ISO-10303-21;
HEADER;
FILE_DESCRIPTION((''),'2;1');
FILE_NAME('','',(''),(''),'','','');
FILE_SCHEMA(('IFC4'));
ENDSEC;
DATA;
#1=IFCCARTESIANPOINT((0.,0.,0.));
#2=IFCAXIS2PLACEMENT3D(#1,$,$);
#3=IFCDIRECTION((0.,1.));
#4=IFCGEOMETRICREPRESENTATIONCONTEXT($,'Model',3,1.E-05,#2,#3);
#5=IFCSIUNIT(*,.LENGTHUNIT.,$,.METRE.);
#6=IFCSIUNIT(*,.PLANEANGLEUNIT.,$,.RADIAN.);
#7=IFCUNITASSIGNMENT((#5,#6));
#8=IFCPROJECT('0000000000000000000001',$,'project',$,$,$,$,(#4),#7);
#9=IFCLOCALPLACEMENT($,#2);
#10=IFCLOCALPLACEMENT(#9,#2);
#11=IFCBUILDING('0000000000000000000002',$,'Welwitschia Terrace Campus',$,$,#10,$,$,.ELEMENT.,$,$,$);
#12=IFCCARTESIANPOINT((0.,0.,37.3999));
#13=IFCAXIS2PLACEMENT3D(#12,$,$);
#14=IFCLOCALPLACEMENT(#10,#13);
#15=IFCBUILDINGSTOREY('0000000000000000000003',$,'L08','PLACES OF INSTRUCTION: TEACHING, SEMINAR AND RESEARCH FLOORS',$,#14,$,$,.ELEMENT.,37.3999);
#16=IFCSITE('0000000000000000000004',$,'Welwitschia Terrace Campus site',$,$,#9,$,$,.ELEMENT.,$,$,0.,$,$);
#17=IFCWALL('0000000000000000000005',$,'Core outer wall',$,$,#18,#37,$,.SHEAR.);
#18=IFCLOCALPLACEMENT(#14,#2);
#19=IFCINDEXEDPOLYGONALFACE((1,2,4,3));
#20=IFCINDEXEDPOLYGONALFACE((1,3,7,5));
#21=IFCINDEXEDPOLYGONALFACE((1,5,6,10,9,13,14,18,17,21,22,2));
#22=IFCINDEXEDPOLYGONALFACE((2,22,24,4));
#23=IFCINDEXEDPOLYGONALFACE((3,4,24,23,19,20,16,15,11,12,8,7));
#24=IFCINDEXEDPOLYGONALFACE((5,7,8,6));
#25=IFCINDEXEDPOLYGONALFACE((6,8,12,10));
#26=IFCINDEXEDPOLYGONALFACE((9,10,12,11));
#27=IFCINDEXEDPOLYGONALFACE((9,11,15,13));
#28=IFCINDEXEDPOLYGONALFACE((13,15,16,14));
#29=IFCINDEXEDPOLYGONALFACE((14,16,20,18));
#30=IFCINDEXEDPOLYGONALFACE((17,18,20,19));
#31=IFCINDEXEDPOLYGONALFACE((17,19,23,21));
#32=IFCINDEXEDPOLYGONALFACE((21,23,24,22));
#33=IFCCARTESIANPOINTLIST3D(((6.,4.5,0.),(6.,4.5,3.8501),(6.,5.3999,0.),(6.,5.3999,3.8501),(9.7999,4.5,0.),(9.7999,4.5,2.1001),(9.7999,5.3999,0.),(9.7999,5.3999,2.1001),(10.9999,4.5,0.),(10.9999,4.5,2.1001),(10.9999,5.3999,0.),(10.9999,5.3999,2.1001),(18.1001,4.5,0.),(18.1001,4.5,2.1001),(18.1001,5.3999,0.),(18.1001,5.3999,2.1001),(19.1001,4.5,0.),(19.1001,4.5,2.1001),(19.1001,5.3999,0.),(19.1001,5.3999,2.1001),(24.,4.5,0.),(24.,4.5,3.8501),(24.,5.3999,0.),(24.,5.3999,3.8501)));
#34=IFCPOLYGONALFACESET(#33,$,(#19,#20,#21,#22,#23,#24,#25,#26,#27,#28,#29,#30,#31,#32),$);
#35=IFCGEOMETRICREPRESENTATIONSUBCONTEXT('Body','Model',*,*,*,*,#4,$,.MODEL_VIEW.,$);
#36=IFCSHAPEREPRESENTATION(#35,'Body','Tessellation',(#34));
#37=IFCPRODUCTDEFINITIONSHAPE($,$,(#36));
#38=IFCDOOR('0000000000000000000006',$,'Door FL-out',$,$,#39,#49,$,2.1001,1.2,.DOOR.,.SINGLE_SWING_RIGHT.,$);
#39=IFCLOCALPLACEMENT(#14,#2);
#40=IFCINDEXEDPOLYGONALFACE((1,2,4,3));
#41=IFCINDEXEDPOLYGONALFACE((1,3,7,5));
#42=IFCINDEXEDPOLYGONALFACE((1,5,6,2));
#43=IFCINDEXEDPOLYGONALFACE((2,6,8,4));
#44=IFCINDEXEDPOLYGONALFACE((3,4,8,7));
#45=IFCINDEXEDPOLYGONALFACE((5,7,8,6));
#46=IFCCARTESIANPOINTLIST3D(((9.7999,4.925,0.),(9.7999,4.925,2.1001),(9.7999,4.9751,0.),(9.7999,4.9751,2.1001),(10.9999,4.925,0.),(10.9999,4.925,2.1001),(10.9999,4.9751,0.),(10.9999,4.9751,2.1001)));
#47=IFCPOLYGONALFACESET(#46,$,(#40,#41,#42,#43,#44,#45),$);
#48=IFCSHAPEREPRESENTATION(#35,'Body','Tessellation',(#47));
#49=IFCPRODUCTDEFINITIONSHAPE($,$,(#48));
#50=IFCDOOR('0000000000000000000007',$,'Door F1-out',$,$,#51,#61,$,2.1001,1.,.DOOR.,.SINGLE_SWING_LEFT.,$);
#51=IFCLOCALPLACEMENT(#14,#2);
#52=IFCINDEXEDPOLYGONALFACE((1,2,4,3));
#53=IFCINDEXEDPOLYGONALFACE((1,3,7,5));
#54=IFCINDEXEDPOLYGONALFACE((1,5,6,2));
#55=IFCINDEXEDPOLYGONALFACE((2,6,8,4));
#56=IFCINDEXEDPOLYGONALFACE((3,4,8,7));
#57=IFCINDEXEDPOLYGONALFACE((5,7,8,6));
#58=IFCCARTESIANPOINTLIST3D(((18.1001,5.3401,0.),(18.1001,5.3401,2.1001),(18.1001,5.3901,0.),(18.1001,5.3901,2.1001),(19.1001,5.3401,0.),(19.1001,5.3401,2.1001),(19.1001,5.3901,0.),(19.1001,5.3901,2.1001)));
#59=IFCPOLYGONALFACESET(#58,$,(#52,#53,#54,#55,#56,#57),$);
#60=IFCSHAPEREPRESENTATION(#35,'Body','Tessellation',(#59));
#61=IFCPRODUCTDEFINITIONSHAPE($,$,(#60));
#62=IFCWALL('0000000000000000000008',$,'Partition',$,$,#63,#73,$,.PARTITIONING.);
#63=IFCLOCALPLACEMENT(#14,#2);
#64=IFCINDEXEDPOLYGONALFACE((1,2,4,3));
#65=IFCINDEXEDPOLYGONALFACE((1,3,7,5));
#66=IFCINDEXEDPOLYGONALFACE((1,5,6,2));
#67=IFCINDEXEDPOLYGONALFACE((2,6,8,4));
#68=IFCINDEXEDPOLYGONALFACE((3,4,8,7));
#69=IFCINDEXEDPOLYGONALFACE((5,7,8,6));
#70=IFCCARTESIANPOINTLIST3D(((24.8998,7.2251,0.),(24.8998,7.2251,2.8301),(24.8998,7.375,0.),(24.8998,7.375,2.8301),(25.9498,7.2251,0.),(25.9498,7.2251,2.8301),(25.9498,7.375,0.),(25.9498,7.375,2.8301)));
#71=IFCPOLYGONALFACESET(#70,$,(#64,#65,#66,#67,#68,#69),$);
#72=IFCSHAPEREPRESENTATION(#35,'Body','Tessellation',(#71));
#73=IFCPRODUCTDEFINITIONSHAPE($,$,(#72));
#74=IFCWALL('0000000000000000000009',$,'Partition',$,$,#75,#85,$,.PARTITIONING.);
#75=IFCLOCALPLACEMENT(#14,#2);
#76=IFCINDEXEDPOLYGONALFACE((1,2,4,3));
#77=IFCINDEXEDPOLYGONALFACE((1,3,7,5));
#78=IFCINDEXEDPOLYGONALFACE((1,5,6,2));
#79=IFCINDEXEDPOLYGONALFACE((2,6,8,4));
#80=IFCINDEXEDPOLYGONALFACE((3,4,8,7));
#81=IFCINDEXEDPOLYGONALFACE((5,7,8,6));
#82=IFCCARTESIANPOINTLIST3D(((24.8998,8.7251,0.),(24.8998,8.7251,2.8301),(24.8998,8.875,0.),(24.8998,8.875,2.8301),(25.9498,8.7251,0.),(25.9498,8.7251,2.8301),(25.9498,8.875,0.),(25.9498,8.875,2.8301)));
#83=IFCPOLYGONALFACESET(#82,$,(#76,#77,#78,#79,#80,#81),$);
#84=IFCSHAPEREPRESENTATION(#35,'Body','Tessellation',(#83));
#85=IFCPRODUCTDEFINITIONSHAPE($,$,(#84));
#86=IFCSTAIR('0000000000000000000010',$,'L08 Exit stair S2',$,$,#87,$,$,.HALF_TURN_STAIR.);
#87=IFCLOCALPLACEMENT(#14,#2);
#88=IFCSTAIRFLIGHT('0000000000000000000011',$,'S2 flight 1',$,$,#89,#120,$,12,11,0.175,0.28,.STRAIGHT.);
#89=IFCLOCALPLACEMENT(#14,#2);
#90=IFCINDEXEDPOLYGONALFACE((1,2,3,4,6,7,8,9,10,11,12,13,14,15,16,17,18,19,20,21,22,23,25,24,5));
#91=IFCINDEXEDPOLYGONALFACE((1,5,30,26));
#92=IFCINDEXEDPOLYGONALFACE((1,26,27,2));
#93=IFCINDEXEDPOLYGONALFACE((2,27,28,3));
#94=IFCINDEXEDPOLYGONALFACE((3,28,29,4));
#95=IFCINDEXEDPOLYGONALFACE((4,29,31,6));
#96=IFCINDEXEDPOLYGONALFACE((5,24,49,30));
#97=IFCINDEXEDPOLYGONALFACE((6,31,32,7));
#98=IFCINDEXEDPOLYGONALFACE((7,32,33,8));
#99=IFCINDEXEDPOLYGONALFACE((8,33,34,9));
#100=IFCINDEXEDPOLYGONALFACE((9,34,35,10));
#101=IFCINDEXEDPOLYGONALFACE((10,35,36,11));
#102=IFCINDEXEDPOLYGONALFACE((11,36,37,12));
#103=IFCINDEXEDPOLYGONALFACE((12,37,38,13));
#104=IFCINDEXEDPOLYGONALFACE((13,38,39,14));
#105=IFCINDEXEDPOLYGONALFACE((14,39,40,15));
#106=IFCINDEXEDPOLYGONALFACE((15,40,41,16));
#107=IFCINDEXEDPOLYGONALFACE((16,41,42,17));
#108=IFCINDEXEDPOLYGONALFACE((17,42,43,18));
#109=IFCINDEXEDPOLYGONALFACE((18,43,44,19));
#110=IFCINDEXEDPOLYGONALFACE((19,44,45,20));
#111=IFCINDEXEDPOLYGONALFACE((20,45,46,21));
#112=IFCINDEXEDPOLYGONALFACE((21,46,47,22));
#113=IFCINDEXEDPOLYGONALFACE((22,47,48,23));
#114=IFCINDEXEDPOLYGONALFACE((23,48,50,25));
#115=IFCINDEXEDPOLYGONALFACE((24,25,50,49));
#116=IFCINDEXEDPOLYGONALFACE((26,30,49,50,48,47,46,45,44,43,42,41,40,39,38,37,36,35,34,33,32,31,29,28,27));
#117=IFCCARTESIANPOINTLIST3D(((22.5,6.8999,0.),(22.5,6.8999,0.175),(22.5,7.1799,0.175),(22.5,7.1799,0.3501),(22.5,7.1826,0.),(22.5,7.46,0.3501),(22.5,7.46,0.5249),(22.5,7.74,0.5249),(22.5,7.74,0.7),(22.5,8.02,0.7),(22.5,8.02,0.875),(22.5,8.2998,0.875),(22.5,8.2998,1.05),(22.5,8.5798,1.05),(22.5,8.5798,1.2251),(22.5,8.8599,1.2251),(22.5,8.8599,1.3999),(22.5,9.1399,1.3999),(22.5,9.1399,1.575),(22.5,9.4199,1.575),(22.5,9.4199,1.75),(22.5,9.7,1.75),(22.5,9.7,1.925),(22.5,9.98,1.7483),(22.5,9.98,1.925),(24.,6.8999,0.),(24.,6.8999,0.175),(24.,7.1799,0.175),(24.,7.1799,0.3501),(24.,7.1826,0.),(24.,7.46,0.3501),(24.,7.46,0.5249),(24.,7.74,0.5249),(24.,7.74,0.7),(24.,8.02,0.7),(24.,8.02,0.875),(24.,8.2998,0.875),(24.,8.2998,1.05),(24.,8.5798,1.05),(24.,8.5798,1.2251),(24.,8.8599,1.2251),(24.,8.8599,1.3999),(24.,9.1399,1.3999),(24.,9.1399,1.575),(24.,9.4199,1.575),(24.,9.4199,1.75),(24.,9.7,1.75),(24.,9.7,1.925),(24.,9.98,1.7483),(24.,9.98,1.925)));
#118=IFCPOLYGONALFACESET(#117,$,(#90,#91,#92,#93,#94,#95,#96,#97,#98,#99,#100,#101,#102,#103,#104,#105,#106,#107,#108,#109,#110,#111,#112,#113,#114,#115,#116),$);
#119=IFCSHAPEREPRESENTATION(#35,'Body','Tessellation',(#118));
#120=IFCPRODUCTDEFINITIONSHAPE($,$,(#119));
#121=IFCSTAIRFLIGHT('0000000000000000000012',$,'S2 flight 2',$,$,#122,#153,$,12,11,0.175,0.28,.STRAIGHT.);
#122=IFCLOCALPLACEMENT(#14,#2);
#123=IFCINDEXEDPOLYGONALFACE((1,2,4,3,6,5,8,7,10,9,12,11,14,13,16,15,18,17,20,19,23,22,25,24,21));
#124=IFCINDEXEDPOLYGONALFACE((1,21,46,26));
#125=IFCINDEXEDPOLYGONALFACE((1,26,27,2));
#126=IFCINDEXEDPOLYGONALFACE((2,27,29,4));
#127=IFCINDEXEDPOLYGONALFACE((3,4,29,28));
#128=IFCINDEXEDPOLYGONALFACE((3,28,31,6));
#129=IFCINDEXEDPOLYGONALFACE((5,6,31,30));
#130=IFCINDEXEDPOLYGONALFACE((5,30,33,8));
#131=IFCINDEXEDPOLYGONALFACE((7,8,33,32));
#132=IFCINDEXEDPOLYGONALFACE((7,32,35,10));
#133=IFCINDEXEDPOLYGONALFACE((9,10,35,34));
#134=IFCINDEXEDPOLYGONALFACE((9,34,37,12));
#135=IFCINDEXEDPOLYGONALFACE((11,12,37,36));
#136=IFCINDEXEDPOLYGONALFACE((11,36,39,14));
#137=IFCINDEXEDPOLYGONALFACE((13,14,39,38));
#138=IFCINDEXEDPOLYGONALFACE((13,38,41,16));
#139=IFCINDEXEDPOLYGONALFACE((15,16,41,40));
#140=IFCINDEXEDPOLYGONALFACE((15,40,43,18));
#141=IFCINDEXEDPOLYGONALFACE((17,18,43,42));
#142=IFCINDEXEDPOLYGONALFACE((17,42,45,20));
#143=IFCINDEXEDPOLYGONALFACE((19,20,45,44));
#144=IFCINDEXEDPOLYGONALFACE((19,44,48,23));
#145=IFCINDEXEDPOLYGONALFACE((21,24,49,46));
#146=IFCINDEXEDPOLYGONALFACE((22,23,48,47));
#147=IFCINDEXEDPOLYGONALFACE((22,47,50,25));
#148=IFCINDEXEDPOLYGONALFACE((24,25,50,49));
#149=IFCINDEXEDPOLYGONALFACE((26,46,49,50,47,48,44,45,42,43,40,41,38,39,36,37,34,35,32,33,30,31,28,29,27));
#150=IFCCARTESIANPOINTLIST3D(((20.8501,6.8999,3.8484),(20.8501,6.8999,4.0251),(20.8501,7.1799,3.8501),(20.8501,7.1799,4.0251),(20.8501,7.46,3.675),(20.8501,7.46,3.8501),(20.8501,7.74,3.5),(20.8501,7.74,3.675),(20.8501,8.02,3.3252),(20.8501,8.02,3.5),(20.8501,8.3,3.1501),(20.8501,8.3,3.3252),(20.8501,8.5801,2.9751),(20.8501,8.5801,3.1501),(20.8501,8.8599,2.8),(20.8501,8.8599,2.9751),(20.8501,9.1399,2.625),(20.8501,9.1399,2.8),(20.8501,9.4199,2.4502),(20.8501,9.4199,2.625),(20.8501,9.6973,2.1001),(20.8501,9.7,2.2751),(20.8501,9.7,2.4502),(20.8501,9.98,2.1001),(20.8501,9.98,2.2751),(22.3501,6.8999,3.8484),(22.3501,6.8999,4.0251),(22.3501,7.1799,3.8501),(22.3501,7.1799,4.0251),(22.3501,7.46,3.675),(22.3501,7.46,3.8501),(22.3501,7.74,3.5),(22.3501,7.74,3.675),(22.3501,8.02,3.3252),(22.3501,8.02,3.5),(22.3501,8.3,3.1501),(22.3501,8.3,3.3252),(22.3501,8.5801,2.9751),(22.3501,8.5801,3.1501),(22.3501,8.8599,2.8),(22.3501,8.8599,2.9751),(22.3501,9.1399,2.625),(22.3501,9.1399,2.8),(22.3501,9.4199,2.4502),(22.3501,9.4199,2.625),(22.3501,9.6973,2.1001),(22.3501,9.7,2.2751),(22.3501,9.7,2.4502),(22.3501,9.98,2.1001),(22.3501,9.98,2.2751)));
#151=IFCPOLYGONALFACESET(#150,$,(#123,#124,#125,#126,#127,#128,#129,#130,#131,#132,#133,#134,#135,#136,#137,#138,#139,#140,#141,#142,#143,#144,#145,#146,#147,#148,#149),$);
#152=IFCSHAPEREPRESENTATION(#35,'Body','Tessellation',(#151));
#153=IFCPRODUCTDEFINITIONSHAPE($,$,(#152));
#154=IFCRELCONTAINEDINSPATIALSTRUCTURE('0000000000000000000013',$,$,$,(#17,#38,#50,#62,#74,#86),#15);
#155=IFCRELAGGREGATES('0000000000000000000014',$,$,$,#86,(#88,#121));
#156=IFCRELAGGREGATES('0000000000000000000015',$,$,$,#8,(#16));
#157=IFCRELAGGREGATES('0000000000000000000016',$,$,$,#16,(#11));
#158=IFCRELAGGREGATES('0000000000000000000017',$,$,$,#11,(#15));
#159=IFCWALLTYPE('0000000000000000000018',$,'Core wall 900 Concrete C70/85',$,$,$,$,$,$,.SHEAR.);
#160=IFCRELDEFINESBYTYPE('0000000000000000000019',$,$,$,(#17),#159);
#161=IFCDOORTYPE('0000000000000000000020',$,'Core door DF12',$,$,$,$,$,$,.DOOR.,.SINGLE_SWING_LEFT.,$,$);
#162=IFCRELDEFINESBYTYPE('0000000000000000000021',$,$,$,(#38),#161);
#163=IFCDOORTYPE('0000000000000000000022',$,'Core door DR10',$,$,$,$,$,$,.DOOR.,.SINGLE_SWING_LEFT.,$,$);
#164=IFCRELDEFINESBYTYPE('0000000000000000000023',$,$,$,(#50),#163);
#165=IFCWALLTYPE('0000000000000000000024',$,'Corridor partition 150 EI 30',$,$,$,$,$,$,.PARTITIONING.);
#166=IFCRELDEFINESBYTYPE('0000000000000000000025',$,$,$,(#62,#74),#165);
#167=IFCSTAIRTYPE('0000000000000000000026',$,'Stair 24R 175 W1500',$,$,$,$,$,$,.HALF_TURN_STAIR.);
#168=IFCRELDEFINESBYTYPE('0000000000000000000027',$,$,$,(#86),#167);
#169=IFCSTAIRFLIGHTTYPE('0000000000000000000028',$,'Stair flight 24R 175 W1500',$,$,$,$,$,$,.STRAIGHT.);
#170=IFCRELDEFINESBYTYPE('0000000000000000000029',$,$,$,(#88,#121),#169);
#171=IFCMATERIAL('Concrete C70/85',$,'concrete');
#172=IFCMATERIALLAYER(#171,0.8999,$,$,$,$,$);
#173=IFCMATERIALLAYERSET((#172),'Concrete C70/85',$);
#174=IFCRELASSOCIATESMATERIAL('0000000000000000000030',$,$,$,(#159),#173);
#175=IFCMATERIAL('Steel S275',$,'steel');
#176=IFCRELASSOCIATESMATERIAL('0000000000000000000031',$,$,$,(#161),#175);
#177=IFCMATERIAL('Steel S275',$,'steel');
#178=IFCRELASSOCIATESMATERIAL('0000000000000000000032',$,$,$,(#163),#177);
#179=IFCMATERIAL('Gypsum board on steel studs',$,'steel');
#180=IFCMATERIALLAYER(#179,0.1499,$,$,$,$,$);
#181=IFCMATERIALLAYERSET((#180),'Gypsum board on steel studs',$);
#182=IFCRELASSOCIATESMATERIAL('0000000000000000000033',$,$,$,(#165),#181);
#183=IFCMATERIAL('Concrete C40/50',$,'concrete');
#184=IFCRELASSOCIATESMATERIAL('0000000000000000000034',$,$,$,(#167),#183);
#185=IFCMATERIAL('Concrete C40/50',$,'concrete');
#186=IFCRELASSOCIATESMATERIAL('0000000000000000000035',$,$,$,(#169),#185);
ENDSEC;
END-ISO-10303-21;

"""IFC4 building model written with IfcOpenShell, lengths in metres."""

from ifc_helpers import new_model, si_unit, direction, frame, frame_2d, origin, place, context, subcontext, project, spatial, polyline, rectangle, outline, extrude, material, layer, layer_set, type_object, element, fill, aggregate, save


model = new_model("IFC4")

# Units and contexts
model_context = context("Model", 3, precision=1e-05, world=origin(), true_north=direction((0.0, 1.0)))
body_context = subcontext(model_context, "Body", "Model", "MODEL_VIEW")
ifc_project = project(units=[si_unit("LENGTHUNIT", "METRE"), si_unit("PLANEANGLEUNIT", "RADIAN")], contexts=[model_context])

# Site, building, storey
site_placement = place(None, origin())
site = spatial("IfcSite", under=ifc_project, at=site_placement, Name="Welwitschia Terrace Campus site", CompositionType="ELEMENT", RefElevation=0.0)
building_placement = place(site_placement, origin())
building = spatial("IfcBuilding", under=site, at=building_placement, Name="Welwitschia Terrace Campus", CompositionType="ELEMENT")
storey_placement = place(building_placement, frame((0.0, 0.0, 37.3999)))
storey = spatial("IfcBuildingStorey", under=building, at=storey_placement, Name="L08", Description="PLACES OF INSTRUCTION: TEACHING, SEMINAR AND RESEARCH FLOORS", CompositionType="ELEMENT", Elevation=37.3999)

# Wall, openings, doors
ifc_material_1 = material(Name="Concrete C70/85", Category="concrete")
ifc_layer_1 = layer(ifc_material_1, 0.8999)
ifc_layer_set_1 = layer_set([ifc_layer_1], Name="Concrete C70/85")
wall_type_1 = type_object("IfcWallType", Name="Core wall 900 Concrete C70/85", PredefinedType="SHEAR", material=ifc_layer_set_1)
wall_1_placement = place(storey_placement, frame((24.0, 4.95, 0.0), z_axis=(0.0, 0.0, 1.0), x_axis=(-1.0, 0.0, 0.0)))
wall_1 = element("IfcWall", 1, at=wall_1_placement, inside=storey, type_object=wall_type_1, Name="Core outer wall", PredefinedType="SHEAR", context=body_context, shape_type="SweptSolid", body=[
    extrude(rectangle(XDim=18.0, YDim=0.8999, at=frame_2d((9.0, 0.0))), origin(), (0.0, 0.0, 1.0), 3.8501),
])
opening_1_placement = place(wall_1_placement, frame((13.0, 0.0, 0.0)))
opening_1 = element("IfcOpeningElement", 2, at=opening_1_placement, cuts=wall_1, PredefinedType="OPENING", context=body_context, shape_type="SweptSolid", body=[
    extrude(rectangle(XDim=1.2, YDim=2.1001, at=frame_2d((0.6001, 1.05))), frame((0.0, 0.46, 0.0), z_axis=(0.0, -1.0, 0.0), x_axis=(1.0, 0.0, 0.0)), (0.0, 0.0, 1.0), 0.9199),
])
opening_2_placement = place(wall_1_placement, frame((4.8999, 0.0, 0.0)))
opening_2 = element("IfcOpeningElement", 3, at=opening_2_placement, cuts=wall_1, PredefinedType="OPENING", context=body_context, shape_type="SweptSolid", body=[
    extrude(rectangle(XDim=1.0, YDim=2.1001, at=frame_2d((0.5, 1.05))), frame((0.0, 0.46, 0.0), z_axis=(0.0, -1.0, 0.0), x_axis=(1.0, 0.0, 0.0)), (0.0, 0.0, 1.0), 0.9199),
])
ifc_material_2 = material(Name="Steel S275", Category="steel")
door_type_1 = type_object("IfcDoorType", Name="Core door DF12", OperationType="SINGLE_SWING_LEFT", PredefinedType="DOOR", material=ifc_material_2)
door_1_placement = place(opening_1_placement, origin())
door_1 = element("IfcDoor", 4, at=door_1_placement, inside=storey, type_object=door_type_1, Name="Door FL-out", OperationType="SINGLE_SWING_RIGHT", OverallHeight=2.1001, OverallWidth=1.2, PredefinedType="DOOR", context=body_context, shape_type="SweptSolid", body=[
    extrude(rectangle(XDim=1.2, YDim=2.1001, at=frame_2d((0.6001, 1.05))), frame((0.0, 0.0249, 0.0), z_axis=(0.0, -1.0, 0.0), x_axis=(1.0, 0.0, 0.0)), (0.0, 0.0, 1.0), 0.05),
])
fill(opening_1, door_1)
ifc_material_3 = material(Name="Steel S275", Category="steel")
door_type_2 = type_object("IfcDoorType", Name="Core door DR10", OperationType="SINGLE_SWING_LEFT", PredefinedType="DOOR", material=ifc_material_3)
door_2_placement = place(opening_2_placement, origin())
door_2 = element("IfcDoor", 5, at=door_2_placement, inside=storey, type_object=door_type_2, Name="Door F1-out", OperationType="SINGLE_SWING_LEFT", OverallHeight=2.1001, OverallWidth=1.0, PredefinedType="DOOR", context=body_context, shape_type="SweptSolid", body=[
    extrude(rectangle(XDim=1.0, YDim=2.1001, at=frame_2d((0.5, 1.05))), frame((0.0, -0.3901, 0.0), z_axis=(0.0, -1.0, 0.0), x_axis=(1.0, 0.0, 0.0)), (0.0, 0.0, 1.0), 0.05),
])
fill(opening_2, door_2)

# Walls
ifc_material_4 = material(Name="Gypsum board on steel studs", Category="steel")
ifc_layer_2 = layer(ifc_material_4, 0.1499)
ifc_layer_set_2 = layer_set([ifc_layer_2], Name="Gypsum board on steel studs")
wall_type_2 = type_object("IfcWallType", Name="Corridor partition 150 EI 30", PredefinedType="PARTITIONING", material=ifc_layer_set_2)
for number, where, z_axis, x_axis, name in (
    (6, (24.8999, 7.3, 0.0), (0.0, 0.0, 1.0), (1.0, 0.0, 0.0), "Partition"),
    (7, (24.8999, 8.8, 0.0), (0.0, 0.0, 1.0), (1.0, 0.0, 0.0), "Partition"),
):
    element("IfcWall", number, at=place(storey_placement, frame(where, z_axis=z_axis, x_axis=x_axis)), inside=storey, type_object=wall_type_2, Name=name, PredefinedType="PARTITIONING", context=body_context, shape_type="SweptSolid", body=[
        extrude(rectangle(XDim=1.05, YDim=0.1499, at=frame_2d((0.5249, 0.0))), origin(), (0.0, 0.0, 1.0), 2.8301),
    ])

# Stair, stair flights
ifc_material_5 = material(Name="Concrete C40/50", Category="concrete")
stair_type = type_object("IfcStairType", Name="Stair 24R 175 W1500", PredefinedType="HALF_TURN_STAIR", material=ifc_material_5)
stair_placement = place(storey_placement, origin())
stair = element("IfcStair", 8, at=stair_placement, inside=storey, type_object=stair_type, Name="L08 Exit stair S2", PredefinedType="HALF_TURN_STAIR")
ifc_material_6 = material(Name="Concrete C40/50", Category="concrete")
stair_flight_type = type_object("IfcStairFlightType", Name="Stair flight 24R 175 W1500", PredefinedType="STRAIGHT", material=ifc_material_6)
stair_flight_1_placement = place(storey_placement, frame((23.25, 6.8999, 0.0), z_axis=(0.0, 0.0, 1.0), x_axis=(0.0, 1.0, 0.0)))
stair_flight_1 = element("IfcStairFlight", 9, at=stair_flight_1_placement, type_object=stair_flight_type, Name="S2 flight 1", NumberOfRisers=12, NumberOfTreads=11, PredefinedType="STRAIGHT", RiserHeight=0.175, TreadLength=0.28, context=body_context, shape_type="SweptSolid", body=[
    extrude(outline(polyline([(0.0, 0.0), (0.0, 0.175), (0.28, 0.175), (0.28, 0.3501), (0.5601, 0.3501), (0.5601, 0.5249), (0.8401, 0.5249), (0.8401, 0.7), (1.1201, 0.7), (1.1201, 0.875), (1.3999, 0.875), (1.3999, 1.05), (1.6799, 1.05), (1.6799, 1.2251), (1.96, 1.2251), (1.96, 1.3999), (2.24, 1.3999), (2.24, 1.575), (2.52, 1.575), (2.52, 1.75), (2.8, 1.75), (2.8, 1.925), (3.0801, 1.925), (3.0801, 2.1001), (3.0801, 1.7483), (0.2827, 0.0), (0.0, 0.0)])), frame((0.0, 0.75, 0.0), z_axis=(0.0, -1.0, 0.0), x_axis=(1.0, 0.0, 0.0)), (0.0, 0.0, 1.0), 1.5),
])
stair_flight_2_placement = place(storey_placement, frame((21.6001, 9.98, 2.1001), z_axis=(0.0, 0.0, 1.0), x_axis=(0.0, -1.0, 0.0)))
stair_flight_2 = element("IfcStairFlight", 10, at=stair_flight_2_placement, type_object=stair_flight_type, Name="S2 flight 2", NumberOfRisers=12, NumberOfTreads=11, PredefinedType="STRAIGHT", RiserHeight=0.175, TreadLength=0.28, context=body_context, shape_type="SweptSolid", body=[
    extrude(outline(polyline([(0.0, 0.0), (0.0, 0.175), (0.28, 0.175), (0.28, 0.3501), (0.5601, 0.3501), (0.5601, 0.5249), (0.8401, 0.5249), (0.8401, 0.7), (1.1201, 0.7), (1.1201, 0.875), (1.3999, 0.875), (1.3999, 1.05), (1.6799, 1.05), (1.6799, 1.2251), (1.96, 1.2251), (1.96, 1.3999), (2.24, 1.3999), (2.24, 1.575), (2.52, 1.575), (2.52, 1.75), (2.8, 1.75), (2.8, 1.925), (3.0801, 1.925), (3.0801, 2.1001), (3.0801, 1.7483), (0.2827, 0.0), (0.0, 0.0)])), frame((0.0, 0.75, 0.0), z_axis=(0.0, -1.0, 0.0), x_axis=(1.0, 0.0, 0.0)), (0.0, 0.0, 1.0), 1.5),
])
aggregate(stair, [stair_flight_1, stair_flight_2])

save(model, "model.ifc")
